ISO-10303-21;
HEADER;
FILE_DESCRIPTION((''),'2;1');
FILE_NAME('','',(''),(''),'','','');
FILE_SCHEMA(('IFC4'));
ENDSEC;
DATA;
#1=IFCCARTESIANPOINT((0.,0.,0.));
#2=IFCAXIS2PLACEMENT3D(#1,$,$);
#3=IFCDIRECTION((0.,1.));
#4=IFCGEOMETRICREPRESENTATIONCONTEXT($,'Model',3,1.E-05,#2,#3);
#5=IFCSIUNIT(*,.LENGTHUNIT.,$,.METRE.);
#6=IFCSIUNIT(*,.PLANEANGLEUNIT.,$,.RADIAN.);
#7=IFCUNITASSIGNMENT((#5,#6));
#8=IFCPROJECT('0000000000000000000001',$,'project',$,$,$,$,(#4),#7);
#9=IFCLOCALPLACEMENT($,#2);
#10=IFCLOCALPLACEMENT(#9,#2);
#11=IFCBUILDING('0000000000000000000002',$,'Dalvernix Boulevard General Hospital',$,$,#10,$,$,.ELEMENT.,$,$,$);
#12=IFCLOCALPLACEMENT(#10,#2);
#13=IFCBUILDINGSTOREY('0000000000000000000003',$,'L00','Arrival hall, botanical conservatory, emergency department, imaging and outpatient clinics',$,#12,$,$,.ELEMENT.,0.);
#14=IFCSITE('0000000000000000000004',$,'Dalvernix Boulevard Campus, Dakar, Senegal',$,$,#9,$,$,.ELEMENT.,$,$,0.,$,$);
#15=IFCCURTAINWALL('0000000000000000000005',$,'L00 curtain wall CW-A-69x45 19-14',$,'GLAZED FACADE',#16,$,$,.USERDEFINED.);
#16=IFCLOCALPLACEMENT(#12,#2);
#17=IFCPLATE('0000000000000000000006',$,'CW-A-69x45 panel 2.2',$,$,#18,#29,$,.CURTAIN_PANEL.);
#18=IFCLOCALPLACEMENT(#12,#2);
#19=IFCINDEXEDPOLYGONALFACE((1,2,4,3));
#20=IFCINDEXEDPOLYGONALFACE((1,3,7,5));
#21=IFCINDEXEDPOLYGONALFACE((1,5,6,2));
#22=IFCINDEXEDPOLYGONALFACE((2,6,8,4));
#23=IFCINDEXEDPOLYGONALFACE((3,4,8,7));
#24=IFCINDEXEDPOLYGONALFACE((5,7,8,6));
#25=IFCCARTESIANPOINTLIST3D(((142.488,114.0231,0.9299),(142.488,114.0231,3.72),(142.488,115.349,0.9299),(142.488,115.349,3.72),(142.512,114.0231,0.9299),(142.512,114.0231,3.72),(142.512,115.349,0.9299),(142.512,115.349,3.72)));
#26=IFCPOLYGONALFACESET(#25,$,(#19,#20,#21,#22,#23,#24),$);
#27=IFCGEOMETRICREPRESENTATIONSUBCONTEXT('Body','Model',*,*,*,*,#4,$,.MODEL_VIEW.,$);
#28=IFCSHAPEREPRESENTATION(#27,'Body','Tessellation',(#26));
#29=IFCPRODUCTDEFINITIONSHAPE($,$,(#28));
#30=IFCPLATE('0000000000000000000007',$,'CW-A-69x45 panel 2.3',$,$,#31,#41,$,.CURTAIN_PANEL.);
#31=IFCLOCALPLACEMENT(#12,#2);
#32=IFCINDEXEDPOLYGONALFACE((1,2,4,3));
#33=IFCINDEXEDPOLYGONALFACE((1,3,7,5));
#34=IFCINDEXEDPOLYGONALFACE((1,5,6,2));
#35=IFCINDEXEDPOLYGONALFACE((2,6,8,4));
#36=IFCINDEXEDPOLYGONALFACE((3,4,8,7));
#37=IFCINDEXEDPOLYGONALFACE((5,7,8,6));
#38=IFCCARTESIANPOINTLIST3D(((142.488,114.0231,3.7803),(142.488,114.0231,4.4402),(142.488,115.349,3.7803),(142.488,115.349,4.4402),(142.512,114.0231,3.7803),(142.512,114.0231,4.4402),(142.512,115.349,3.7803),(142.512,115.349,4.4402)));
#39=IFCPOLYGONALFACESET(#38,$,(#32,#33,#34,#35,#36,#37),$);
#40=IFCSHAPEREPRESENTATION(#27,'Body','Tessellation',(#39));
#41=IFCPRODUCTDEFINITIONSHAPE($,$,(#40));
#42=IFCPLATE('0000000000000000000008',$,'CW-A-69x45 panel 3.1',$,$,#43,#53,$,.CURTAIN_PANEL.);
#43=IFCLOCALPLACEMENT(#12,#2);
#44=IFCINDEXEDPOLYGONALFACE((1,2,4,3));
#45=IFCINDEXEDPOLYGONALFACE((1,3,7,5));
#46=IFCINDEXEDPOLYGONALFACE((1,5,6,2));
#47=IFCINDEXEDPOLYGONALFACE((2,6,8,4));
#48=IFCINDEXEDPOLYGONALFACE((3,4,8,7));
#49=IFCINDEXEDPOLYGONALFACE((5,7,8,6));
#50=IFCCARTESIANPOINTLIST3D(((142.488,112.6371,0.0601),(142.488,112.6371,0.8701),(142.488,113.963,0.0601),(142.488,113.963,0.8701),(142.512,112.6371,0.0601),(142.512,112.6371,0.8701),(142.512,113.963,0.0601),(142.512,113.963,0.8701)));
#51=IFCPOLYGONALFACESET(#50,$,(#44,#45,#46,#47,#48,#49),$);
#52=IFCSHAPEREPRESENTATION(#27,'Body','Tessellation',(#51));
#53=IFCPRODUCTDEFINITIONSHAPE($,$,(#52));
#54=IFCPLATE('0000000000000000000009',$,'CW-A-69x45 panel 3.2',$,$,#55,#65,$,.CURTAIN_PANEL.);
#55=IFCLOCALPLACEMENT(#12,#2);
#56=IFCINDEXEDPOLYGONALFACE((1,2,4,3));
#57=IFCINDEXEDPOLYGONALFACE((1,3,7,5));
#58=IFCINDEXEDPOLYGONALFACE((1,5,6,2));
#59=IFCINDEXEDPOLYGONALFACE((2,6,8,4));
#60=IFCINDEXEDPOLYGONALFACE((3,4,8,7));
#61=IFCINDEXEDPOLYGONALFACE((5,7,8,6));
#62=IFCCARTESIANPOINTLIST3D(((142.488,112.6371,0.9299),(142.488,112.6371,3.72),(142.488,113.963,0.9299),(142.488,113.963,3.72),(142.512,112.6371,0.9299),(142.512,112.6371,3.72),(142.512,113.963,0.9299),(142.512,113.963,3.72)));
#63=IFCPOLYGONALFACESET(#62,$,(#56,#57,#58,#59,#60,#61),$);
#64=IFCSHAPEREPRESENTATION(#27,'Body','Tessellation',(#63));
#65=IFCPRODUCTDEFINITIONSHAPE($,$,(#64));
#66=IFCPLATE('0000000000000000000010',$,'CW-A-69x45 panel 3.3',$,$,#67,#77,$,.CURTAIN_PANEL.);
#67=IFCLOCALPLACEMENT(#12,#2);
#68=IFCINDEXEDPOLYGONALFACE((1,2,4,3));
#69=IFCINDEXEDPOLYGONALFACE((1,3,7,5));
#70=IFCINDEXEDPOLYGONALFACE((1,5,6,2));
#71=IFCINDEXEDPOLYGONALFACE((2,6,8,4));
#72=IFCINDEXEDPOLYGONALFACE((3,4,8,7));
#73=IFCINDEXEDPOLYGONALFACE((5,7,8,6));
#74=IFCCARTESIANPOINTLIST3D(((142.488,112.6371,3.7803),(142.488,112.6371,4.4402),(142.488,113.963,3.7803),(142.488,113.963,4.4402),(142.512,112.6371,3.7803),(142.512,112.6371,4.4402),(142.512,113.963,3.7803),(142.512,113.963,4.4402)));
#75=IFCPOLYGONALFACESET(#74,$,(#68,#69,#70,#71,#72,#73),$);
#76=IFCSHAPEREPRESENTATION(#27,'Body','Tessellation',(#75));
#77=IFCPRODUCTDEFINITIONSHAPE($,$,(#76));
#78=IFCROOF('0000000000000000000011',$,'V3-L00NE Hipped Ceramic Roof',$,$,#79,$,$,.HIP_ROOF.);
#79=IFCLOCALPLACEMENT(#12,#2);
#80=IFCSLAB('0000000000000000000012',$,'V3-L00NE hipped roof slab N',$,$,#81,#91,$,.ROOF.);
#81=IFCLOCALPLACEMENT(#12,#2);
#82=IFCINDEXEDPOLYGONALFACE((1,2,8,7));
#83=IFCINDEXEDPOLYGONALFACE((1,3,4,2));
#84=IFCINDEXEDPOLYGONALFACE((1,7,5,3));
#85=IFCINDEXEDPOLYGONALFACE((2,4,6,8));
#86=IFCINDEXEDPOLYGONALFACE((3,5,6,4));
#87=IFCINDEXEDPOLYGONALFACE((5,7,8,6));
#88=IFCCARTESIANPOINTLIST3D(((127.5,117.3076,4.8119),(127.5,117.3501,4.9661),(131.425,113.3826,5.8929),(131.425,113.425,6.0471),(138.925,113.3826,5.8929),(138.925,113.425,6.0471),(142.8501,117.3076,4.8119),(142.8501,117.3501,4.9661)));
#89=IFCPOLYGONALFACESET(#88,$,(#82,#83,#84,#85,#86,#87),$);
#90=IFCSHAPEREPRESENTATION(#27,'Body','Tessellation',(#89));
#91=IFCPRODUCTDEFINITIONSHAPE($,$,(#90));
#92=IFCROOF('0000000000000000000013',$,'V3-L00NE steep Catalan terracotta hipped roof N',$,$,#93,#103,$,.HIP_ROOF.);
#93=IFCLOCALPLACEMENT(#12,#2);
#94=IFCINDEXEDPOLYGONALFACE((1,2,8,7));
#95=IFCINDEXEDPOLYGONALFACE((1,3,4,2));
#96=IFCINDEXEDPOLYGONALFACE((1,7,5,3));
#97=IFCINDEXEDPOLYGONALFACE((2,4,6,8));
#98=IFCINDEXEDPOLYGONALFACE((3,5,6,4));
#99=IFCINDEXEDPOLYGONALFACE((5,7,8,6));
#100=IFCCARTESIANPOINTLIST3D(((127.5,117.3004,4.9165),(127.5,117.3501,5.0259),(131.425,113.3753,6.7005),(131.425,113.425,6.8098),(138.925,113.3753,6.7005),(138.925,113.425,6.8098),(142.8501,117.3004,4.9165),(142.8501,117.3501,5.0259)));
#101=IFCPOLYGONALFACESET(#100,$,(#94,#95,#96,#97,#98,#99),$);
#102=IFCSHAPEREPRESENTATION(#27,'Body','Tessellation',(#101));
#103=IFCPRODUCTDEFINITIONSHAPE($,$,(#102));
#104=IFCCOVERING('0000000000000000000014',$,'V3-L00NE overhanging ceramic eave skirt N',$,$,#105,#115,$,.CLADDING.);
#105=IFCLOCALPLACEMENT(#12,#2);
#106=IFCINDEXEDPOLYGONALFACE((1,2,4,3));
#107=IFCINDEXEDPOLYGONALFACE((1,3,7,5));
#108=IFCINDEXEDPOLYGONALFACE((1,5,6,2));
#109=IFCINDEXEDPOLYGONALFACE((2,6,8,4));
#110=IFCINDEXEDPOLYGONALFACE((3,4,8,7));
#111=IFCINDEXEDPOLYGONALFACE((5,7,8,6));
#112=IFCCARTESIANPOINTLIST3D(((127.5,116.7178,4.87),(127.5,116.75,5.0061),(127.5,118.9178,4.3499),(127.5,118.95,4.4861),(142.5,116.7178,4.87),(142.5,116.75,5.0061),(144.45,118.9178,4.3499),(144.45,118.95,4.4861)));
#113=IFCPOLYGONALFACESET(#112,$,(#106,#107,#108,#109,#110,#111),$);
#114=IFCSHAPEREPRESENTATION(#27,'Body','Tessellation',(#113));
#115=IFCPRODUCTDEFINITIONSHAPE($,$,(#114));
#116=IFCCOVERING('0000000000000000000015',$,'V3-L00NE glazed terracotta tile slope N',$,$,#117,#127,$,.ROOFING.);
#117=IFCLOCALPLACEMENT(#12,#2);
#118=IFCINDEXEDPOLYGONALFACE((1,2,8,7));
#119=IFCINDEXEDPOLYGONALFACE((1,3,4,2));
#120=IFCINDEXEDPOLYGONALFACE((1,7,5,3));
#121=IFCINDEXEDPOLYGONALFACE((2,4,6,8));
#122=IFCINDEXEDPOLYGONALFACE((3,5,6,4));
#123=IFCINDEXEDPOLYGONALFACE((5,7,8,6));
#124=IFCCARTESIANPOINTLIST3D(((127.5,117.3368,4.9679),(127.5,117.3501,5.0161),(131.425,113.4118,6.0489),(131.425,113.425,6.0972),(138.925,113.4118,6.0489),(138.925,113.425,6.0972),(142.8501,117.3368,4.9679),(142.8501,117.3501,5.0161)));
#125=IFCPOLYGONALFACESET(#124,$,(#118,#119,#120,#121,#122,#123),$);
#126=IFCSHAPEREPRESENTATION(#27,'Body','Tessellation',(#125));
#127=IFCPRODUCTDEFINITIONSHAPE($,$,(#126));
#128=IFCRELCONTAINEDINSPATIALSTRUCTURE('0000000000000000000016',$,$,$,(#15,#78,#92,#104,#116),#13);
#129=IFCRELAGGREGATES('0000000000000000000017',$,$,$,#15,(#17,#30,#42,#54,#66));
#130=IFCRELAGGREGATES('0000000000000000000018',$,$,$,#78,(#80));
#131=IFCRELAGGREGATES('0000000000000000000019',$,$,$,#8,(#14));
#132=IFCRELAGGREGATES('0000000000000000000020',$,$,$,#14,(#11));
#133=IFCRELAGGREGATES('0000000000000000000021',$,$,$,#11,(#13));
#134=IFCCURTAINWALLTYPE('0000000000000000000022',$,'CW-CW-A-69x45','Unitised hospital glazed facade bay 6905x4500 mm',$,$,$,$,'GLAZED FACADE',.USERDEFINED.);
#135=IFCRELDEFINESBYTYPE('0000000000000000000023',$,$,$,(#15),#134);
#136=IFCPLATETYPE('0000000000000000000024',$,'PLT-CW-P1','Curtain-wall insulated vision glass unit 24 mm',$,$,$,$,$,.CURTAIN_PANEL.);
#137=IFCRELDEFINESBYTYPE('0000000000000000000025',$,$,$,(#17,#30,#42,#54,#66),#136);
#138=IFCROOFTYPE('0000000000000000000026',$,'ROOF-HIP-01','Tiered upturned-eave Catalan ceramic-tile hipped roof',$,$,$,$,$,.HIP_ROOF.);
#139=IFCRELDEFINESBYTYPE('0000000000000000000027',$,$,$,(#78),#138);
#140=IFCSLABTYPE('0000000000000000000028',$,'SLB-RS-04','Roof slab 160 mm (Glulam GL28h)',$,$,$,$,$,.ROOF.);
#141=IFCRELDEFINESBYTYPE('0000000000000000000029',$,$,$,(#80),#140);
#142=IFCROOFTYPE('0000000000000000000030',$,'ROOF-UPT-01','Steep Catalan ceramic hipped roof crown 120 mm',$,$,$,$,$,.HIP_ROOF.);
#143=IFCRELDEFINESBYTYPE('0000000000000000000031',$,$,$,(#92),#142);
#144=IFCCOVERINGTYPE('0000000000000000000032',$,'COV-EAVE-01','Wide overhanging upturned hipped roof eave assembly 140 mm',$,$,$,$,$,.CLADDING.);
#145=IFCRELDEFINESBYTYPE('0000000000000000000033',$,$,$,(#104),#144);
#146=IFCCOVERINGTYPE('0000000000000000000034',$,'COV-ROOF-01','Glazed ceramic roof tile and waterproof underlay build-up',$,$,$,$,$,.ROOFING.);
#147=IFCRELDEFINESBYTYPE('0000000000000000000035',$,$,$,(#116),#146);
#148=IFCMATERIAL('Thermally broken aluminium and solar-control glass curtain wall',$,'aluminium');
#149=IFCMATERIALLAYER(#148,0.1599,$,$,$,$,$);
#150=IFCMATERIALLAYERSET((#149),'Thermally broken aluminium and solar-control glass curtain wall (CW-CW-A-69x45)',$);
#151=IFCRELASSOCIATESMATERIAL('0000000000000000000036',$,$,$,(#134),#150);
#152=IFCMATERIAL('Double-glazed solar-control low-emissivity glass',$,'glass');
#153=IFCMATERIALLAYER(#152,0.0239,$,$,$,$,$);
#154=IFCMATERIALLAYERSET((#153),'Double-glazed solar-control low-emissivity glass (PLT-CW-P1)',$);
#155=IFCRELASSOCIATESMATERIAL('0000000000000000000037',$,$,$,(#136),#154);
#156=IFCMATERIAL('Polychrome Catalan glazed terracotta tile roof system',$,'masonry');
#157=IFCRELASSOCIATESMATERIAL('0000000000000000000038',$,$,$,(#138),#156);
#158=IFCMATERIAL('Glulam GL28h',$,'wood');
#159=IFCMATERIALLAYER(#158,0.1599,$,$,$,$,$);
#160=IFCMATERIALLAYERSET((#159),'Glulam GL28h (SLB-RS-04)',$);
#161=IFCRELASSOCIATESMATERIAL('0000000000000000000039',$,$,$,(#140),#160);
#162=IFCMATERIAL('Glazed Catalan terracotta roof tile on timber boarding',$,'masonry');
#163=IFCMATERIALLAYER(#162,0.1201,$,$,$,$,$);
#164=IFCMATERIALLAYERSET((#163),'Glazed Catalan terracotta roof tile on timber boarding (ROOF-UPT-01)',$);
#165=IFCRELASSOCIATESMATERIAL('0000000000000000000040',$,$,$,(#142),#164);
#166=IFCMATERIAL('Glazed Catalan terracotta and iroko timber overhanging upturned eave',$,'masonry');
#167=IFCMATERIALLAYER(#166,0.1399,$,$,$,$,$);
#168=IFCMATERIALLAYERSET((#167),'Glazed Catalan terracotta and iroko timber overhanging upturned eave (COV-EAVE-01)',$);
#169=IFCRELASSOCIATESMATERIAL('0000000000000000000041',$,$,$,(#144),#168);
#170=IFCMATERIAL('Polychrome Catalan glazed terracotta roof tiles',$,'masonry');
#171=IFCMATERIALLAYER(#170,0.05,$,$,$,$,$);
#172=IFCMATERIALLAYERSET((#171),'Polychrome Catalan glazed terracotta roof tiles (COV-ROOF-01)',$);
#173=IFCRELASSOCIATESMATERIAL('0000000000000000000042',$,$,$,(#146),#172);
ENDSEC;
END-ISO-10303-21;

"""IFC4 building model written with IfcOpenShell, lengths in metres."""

from ifc_helpers import new_model, si_unit, direction, frame, origin, origin_2d, place, context, subcontext, project, spatial, polyline, rectangle, outline, extrude, material, layer, layer_set, type_object, element, aggregate, save


model = new_model("IFC4")

# Units and contexts
model_context = context("Model", 3, precision=1e-05, world=origin(), true_north=direction((0.0, 1.0)))
body_context = subcontext(model_context, "Body", "Model", "MODEL_VIEW")
ifc_project = project(units=[si_unit("LENGTHUNIT", "METRE"), si_unit("PLANEANGLEUNIT", "RADIAN")], contexts=[model_context])

# Site, building, storey
site_placement = place(None, origin())
site = spatial("IfcSite", under=ifc_project, at=site_placement, Name="Dalvernix Boulevard Campus, Dakar, Senegal", CompositionType="ELEMENT", RefElevation=0.0)
building_placement = place(site_placement, origin())
building = spatial("IfcBuilding", under=site, at=building_placement, Name="Dalvernix Boulevard General Hospital", CompositionType="ELEMENT")
storey_placement = place(building_placement, origin())
storey = spatial("IfcBuildingStorey", under=building, at=storey_placement, Name="L00", Description="Arrival hall, botanical conservatory, emergency department, imaging and outpatient clinics", CompositionType="ELEMENT", Elevation=0.0)

# Shared definitions
ifc_material_1 = material(Name="Thermally broken aluminium and solar-control glass curtain wall", Category="aluminium")
ifc_layer_1 = layer(ifc_material_1, 0.1599)
ifc_layer_set_1 = layer_set([ifc_layer_1], Name="Thermally broken aluminium and solar-control glass curtain wall (CW-CW-A-69x45)")
curtain_wall_type = type_object("IfcCurtainWallType", Name="CW-CW-A-69x45", Description="Unitised hospital glazed facade bay 6905x4500 mm", ElementType="GLAZED FACADE", PredefinedType="USERDEFINED", material=ifc_layer_set_1)

# Curtain wall
curtain_wall_1_placement = place(storey_placement, origin())
curtain_wall_1 = element("IfcCurtainWall", 1, at=curtain_wall_1_placement, inside=storey, type_object=curtain_wall_type, Name="L00 curtain wall CW-A-69x45 19-14", ObjectType="GLAZED FACADE", PredefinedType="USERDEFINED")

# Plates
ifc_material_2 = material(Name="Double-glazed solar-control low-emissivity glass", Category="glass")
ifc_layer_2 = layer(ifc_material_2, 0.0239)
ifc_layer_set_2 = layer_set([ifc_layer_2], Name="Double-glazed solar-control low-emissivity glass (PLT-CW-P1)")
plate_type = type_object("IfcPlateType", Name="PLT-CW-P1", Description="Curtain-wall insulated vision glass unit 24 mm", PredefinedType="CURTAIN_PANEL", material=ifc_layer_set_2)
plate_1_placement = place(storey_placement, frame((142.5, 114.686, 0.9299), z_axis=(0.0, 0.0, 1.0), x_axis=(0.0, -1.0, 0.0)))
plate_1 = element("IfcPlate", 2, at=plate_1_placement, type_object=plate_type, Name="CW-A-69x45 panel 2.2", PredefinedType="CURTAIN_PANEL", context=body_context, shape_type="SweptSolid", body=[
    extrude(rectangle(XDim=1.3259, YDim=0.0239, at=origin_2d()), origin(), (0.0, 0.0, 1.0), 2.79),
])
plate_2_placement = place(storey_placement, frame((142.5, 114.686, 3.7803), z_axis=(0.0, 0.0, 1.0), x_axis=(0.0, -1.0, 0.0)))
plate_2 = element("IfcPlate", 3, at=plate_2_placement, type_object=plate_type, Name="CW-A-69x45 panel 2.3", PredefinedType="CURTAIN_PANEL", context=body_context, shape_type="SweptSolid", body=[
    extrude(rectangle(XDim=1.3259, YDim=0.0239, at=origin_2d()), origin(), (0.0, 0.0, 1.0), 0.6599),
])
plate_3_placement = place(storey_placement, frame((142.5, 113.3, 0.0601), z_axis=(0.0, 0.0, 1.0), x_axis=(0.0, -1.0, 0.0)))
plate_3 = element("IfcPlate", 4, at=plate_3_placement, type_object=plate_type, Name="CW-A-69x45 panel 3.1", PredefinedType="CURTAIN_PANEL", context=body_context, shape_type="SweptSolid", body=[
    extrude(rectangle(XDim=1.3259, YDim=0.0239, at=origin_2d()), origin(), (0.0, 0.0, 1.0), 0.8101),
])
plate_4_placement = place(storey_placement, frame((142.5, 113.3, 0.9299), z_axis=(0.0, 0.0, 1.0), x_axis=(0.0, -1.0, 0.0)))
plate_4 = element("IfcPlate", 5, at=plate_4_placement, type_object=plate_type, Name="CW-A-69x45 panel 3.2", PredefinedType="CURTAIN_PANEL", context=body_context, shape_type="SweptSolid", body=[
    extrude(rectangle(XDim=1.3259, YDim=0.0239, at=origin_2d()), origin(), (0.0, 0.0, 1.0), 2.79),
])
plate_5_placement = place(storey_placement, frame((142.5, 113.3, 3.7803), z_axis=(0.0, 0.0, 1.0), x_axis=(0.0, -1.0, 0.0)))
plate_5 = element("IfcPlate", 6, at=plate_5_placement, type_object=plate_type, Name="CW-A-69x45 panel 3.3", PredefinedType="CURTAIN_PANEL", context=body_context, shape_type="SweptSolid", body=[
    extrude(rectangle(XDim=1.3259, YDim=0.0239, at=origin_2d()), origin(), (0.0, 0.0, 1.0), 0.6599),
])
aggregate(curtain_wall_1, [plate_1, plate_2, plate_3, plate_4, plate_5])

# Roof, slab
ifc_material_3 = material(Name="Polychrome Catalan glazed terracotta tile roof system", Category="masonry")
roof_type_1 = type_object("IfcRoofType", Name="ROOF-HIP-01", Description="Tiered upturned-eave Catalan ceramic-tile hipped roof", PredefinedType="HIP_ROOF", material=ifc_material_3)
roof_1_placement = place(storey_placement, origin())
roof_1 = element("IfcRoof", 7, at=roof_1_placement, inside=storey, type_object=roof_type_1, Name="V3-L00NE Hipped Ceramic Roof", PredefinedType="HIP_ROOF")
ifc_material_4 = material(Name="Glulam GL28h", Category="wood")
ifc_layer_3 = layer(ifc_material_4, 0.1599)
ifc_layer_set_3 = layer_set([ifc_layer_3], Name="Glulam GL28h (SLB-RS-04)")
slab_type = type_object("IfcSlabType", Name="SLB-RS-04", Description="Roof slab 160 mm (Glulam GL28h)", PredefinedType="ROOF", material=ifc_layer_set_3)
slab_placement = place(storey_placement, frame((142.8501, 117.3501, 4.9661), z_axis=(0.0, 0.265537, 0.964101), x_axis=(-1.0, 0.0, 0.0)))
slab = element("IfcSlab", 8, at=slab_placement, type_object=slab_type, Name="V3-L00NE hipped roof slab N", PredefinedType="ROOF", context=body_context, shape_type="SweptSolid", body=[
    extrude(outline(polyline([(0.0, 0.0), (15.3501, 0.0), (11.425, 4.0712), (3.925, 4.0712), (0.0, 0.0)])), origin(), (0.0, 0.0, -1.0), 0.1599),
])
aggregate(roof_1, [slab])

# Roof
ifc_material_5 = material(Name="Glazed Catalan terracotta roof tile on timber boarding", Category="masonry")
ifc_layer_4 = layer(ifc_material_5, 0.1201)
ifc_layer_set_4 = layer_set([ifc_layer_4], Name="Glazed Catalan terracotta roof tile on timber boarding (ROOF-UPT-01)")
roof_type_2 = type_object("IfcRoofType", Name="ROOF-UPT-01", Description="Steep Catalan ceramic hipped roof crown 120 mm", PredefinedType="HIP_ROOF", material=ifc_layer_set_4)
roof_2_placement = place(storey_placement, frame((142.8501, 117.3501, 5.0259), z_axis=(0.0, 0.413769, 0.910382), x_axis=(-1.0, 0.0, 0.0)))
element("IfcRoof", 9, at=roof_2_placement, inside=storey, type_object=roof_type_2, Name="V3-L00NE steep Catalan terracotta hipped roof N", PredefinedType="HIP_ROOF", context=body_context, shape_type="SweptSolid", body=[
    extrude(outline(polyline([(0.0, 0.0), (15.3501, 0.0), (11.425, 4.3114), (3.925, 4.3114), (0.0, 0.0)])), origin(), (0.0, 0.0, -1.0), 0.1201),
])

# Coverings
ifc_material_6 = material(Name="Glazed Catalan terracotta and iroko timber overhanging upturned eave", Category="masonry")
ifc_layer_5 = layer(ifc_material_6, 0.1399)
ifc_layer_set_5 = layer_set([ifc_layer_5], Name="Glazed Catalan terracotta and iroko timber overhanging upturned eave (COV-EAVE-01)")
covering_type_1 = type_object("IfcCoveringType", Name="COV-EAVE-01", Description="Wide overhanging upturned hipped roof eave assembly 140 mm", PredefinedType="CLADDING", material=ifc_layer_set_5)
covering_1_placement = place(storey_placement, frame((142.5, 116.75, 5.0061), z_axis=(0.0, 0.230038, 0.973182), x_axis=(-1.0, 0.0, 0.0)))
element("IfcCovering", 10, at=covering_1_placement, inside=storey, type_object=covering_type_1, Name="V3-L00NE overhanging ceramic eave skirt N", PredefinedType="CLADDING", context=body_context, shape_type="SweptSolid", body=[
    extrude(outline(polyline([(0.0, 0.0), (15.0, 0.0), (15.0, -2.2606), (-1.95, -2.2606), (0.0, 0.0)])), origin(), (0.0, 0.0, -1.0), 0.1399),
])
ifc_material_7 = material(Name="Polychrome Catalan glazed terracotta roof tiles", Category="masonry")
ifc_layer_6 = layer(ifc_material_7, 0.05)
ifc_layer_set_6 = layer_set([ifc_layer_6], Name="Polychrome Catalan glazed terracotta roof tiles (COV-ROOF-01)")
covering_type_2 = type_object("IfcCoveringType", Name="COV-ROOF-01", Description="Glazed ceramic roof tile and waterproof underlay build-up", PredefinedType="ROOFING", material=ifc_layer_set_6)
covering_2_placement = place(storey_placement, frame((142.8501, 117.3501, 5.0161), z_axis=(0.0, 0.265537, 0.964101), x_axis=(-1.0, 0.0, 0.0)))
element("IfcCovering", 11, at=covering_2_placement, inside=storey, type_object=covering_type_2, Name="V3-L00NE glazed terracotta tile slope N", PredefinedType="ROOFING", context=body_context, shape_type="SweptSolid", body=[
    extrude(outline(polyline([(0.0, 0.0), (15.3501, 0.0), (11.425, 4.0712), (3.925, 4.0712), (0.0, 0.0)])), origin(), (0.0, 0.0, -1.0), 0.05),
])

save(model, "model.ifc")
